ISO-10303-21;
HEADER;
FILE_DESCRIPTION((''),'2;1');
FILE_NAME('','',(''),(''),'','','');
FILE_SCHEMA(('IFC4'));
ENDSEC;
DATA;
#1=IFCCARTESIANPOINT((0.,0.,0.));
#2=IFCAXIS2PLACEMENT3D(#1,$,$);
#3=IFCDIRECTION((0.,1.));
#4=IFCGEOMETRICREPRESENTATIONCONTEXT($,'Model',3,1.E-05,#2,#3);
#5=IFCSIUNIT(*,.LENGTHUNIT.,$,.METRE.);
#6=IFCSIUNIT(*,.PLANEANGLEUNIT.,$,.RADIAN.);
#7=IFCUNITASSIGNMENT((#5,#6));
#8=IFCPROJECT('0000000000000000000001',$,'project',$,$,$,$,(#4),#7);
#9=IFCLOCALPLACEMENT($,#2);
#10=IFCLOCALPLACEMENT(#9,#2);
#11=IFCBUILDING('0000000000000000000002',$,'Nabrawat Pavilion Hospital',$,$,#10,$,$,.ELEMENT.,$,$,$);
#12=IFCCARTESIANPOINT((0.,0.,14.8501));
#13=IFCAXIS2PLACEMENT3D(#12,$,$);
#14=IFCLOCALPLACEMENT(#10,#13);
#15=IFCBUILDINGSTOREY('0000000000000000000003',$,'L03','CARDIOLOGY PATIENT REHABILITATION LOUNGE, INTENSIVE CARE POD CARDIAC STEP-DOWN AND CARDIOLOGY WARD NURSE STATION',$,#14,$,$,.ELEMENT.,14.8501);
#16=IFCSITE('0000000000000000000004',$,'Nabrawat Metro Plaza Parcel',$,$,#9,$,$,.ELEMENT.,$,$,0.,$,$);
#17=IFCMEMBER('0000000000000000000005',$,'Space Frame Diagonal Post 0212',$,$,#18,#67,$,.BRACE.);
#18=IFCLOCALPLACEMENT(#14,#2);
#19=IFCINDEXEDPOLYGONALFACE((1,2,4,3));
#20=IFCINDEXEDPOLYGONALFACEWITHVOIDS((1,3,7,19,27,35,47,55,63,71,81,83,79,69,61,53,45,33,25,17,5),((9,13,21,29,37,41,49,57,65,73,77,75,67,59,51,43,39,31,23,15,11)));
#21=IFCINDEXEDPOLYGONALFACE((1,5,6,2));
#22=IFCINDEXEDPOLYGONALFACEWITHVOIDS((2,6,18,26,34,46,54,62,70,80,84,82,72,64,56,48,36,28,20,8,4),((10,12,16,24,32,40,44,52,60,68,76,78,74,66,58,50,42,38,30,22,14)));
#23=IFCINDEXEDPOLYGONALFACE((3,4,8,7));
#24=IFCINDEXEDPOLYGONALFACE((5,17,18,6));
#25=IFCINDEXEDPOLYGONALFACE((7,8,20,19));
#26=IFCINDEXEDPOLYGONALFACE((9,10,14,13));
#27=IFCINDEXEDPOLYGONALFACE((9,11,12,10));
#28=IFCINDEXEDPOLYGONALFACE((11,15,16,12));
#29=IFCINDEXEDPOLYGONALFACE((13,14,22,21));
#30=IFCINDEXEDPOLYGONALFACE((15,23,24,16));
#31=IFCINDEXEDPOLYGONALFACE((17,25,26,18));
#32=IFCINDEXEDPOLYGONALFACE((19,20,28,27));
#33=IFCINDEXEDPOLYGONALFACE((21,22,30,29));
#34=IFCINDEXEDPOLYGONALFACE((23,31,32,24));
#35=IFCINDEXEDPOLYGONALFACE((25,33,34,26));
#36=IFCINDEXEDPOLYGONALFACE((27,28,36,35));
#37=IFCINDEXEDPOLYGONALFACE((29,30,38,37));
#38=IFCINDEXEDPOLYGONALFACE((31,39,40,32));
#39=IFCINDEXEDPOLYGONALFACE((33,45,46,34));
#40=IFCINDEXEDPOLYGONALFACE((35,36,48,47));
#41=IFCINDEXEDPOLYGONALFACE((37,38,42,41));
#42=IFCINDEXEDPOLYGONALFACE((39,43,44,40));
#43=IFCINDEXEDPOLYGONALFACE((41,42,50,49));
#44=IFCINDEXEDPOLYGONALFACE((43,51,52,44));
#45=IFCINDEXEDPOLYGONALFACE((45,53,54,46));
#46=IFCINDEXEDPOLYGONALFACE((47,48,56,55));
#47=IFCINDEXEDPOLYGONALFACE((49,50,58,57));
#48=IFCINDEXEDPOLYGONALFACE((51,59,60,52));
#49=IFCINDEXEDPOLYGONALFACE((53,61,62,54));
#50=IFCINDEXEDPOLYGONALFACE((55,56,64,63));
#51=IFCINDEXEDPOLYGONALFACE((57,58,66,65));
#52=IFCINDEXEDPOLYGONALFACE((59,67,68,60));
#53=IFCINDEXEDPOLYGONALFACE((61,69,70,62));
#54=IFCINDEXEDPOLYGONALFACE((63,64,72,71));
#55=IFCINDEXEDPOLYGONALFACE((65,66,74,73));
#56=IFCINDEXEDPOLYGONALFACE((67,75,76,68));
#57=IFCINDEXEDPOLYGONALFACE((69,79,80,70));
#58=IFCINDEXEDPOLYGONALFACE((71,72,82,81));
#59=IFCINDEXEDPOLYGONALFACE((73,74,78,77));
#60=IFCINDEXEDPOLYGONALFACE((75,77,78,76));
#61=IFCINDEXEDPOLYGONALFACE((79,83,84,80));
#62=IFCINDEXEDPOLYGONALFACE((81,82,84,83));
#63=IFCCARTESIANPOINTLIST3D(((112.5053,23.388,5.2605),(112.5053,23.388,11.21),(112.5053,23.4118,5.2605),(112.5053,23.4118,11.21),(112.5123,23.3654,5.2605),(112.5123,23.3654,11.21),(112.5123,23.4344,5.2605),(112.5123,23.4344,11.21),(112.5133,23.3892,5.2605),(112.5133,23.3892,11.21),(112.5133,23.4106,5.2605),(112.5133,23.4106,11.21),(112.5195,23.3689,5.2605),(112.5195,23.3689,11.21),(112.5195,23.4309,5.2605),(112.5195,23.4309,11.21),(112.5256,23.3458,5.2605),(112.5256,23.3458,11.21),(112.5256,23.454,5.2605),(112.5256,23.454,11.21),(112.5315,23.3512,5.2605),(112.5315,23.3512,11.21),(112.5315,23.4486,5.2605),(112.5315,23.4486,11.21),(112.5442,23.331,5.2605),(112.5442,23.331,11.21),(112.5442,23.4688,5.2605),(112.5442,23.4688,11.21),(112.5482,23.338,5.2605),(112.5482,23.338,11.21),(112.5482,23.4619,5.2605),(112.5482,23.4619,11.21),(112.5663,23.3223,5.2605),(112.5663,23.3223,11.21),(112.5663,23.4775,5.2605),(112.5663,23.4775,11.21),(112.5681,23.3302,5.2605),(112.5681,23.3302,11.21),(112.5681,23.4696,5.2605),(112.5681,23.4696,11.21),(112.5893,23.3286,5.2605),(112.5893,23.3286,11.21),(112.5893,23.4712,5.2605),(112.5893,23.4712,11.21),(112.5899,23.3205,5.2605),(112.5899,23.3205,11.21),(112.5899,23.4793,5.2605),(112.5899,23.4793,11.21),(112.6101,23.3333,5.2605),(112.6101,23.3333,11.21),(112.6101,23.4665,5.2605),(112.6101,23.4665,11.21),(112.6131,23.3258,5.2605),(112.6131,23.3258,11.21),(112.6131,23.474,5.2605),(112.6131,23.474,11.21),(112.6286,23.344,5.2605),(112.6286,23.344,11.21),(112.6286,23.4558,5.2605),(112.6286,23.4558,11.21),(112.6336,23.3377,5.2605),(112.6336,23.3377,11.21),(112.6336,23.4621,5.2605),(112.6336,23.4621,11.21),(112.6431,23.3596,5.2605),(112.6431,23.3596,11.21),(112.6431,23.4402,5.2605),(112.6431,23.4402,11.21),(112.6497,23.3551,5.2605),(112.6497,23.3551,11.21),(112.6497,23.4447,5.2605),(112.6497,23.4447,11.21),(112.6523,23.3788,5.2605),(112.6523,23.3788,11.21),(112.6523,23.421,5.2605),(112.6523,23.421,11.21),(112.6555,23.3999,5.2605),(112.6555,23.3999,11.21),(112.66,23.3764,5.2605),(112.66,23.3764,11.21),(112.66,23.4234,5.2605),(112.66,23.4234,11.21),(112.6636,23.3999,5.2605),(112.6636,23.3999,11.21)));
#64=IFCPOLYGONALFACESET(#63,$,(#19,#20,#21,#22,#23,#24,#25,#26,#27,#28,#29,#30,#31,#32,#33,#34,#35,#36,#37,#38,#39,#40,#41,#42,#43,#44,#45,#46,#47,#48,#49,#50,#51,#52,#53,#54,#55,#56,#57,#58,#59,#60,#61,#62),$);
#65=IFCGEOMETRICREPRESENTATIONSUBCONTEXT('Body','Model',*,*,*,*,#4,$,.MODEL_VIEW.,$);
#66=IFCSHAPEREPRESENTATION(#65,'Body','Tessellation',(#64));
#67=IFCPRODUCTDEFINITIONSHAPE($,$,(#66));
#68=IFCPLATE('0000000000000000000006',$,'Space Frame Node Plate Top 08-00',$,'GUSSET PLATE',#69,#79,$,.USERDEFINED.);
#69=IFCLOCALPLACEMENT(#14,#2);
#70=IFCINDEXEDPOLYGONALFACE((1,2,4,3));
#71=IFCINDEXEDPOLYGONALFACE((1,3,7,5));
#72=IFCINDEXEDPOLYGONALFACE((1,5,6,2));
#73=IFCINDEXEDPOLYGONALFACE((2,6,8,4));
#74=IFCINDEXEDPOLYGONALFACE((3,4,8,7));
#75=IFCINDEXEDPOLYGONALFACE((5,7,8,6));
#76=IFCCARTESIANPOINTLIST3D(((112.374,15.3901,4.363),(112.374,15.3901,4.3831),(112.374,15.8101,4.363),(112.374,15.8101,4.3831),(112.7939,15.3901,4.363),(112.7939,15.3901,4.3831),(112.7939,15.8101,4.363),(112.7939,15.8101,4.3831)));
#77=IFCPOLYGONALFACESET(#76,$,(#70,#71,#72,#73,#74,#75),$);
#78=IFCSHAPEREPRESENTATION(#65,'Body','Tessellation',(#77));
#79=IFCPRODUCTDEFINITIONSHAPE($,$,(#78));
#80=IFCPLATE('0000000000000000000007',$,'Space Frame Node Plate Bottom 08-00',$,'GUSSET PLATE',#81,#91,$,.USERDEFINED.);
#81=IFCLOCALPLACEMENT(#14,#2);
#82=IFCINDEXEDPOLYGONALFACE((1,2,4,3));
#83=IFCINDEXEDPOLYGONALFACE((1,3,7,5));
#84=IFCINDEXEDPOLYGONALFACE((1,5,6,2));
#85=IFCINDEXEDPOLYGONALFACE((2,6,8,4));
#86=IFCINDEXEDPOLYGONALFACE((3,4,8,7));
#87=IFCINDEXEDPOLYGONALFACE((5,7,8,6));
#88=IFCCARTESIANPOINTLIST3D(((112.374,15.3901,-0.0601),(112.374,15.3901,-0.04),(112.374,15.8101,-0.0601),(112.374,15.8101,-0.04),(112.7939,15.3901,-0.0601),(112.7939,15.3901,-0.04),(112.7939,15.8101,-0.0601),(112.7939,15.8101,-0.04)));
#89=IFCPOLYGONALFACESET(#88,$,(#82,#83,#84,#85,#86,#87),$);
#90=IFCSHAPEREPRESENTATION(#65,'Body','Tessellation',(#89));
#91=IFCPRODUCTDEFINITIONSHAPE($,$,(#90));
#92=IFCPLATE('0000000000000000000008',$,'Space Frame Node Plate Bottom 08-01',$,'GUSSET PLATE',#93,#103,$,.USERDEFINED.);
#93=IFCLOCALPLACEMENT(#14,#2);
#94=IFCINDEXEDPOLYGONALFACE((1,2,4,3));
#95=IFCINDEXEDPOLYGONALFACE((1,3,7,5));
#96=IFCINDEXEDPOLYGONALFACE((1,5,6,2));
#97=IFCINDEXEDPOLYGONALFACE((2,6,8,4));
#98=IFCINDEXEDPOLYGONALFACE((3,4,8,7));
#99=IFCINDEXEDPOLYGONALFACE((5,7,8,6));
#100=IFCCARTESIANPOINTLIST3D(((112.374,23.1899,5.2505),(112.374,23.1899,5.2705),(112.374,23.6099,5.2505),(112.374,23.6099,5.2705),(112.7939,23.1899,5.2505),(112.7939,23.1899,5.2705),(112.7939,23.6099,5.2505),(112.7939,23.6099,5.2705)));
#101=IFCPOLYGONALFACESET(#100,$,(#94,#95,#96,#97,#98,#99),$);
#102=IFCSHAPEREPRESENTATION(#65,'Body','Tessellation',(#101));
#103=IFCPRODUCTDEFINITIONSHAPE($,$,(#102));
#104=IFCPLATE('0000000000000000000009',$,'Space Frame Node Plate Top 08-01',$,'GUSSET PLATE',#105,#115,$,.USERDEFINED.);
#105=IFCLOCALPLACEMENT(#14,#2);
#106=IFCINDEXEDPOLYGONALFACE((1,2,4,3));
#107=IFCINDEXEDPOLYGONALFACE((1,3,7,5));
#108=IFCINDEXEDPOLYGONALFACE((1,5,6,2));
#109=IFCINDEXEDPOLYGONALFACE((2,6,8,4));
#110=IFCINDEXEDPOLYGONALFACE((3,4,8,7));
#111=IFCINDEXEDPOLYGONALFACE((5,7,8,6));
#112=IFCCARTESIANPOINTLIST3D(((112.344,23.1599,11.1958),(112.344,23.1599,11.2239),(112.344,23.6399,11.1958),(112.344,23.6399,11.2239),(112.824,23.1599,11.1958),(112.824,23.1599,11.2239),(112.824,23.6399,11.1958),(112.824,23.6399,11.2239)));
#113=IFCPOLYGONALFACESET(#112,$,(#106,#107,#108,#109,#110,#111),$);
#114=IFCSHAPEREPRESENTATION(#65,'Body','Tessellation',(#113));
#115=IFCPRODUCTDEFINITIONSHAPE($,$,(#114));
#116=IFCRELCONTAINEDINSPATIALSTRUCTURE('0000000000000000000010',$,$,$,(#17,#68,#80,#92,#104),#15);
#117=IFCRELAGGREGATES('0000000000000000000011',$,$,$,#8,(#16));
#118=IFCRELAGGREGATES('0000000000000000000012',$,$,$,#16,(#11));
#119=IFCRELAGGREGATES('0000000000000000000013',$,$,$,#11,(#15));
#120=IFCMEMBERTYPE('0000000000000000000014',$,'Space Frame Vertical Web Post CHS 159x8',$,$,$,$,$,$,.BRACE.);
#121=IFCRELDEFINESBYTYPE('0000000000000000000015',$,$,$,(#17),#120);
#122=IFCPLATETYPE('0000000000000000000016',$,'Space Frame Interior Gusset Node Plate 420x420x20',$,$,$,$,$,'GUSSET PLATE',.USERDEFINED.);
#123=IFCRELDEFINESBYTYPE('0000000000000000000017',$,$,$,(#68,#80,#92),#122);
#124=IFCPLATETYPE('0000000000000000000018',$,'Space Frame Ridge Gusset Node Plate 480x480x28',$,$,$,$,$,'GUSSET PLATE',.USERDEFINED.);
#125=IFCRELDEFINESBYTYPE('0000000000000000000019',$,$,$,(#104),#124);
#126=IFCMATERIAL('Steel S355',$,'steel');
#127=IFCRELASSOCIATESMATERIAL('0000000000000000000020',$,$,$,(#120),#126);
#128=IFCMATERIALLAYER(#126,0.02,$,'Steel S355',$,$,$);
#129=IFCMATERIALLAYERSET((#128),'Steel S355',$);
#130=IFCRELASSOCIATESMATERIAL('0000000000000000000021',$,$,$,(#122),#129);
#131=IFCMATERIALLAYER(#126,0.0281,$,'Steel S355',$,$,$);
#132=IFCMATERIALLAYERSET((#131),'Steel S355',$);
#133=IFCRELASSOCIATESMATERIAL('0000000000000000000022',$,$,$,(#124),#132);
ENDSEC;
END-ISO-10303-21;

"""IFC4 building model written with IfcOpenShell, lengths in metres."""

from ifc_helpers import new_model, si_unit, direction, frame, origin, origin_2d, place, context, subcontext, project, spatial, rectangle, hollow_circle, extrude, material, layer, layer_set, material_profile, profile_set, type_object, element, save


model = new_model("IFC4")

# Units and contexts
model_context = context("Model", 3, precision=1e-05, world=origin(), true_north=direction((0.0, 1.0)))
body_context = subcontext(model_context, "Body", "Model", "MODEL_VIEW")
ifc_project = project(units=[si_unit("LENGTHUNIT", "METRE"), si_unit("PLANEANGLEUNIT", "RADIAN")], contexts=[model_context])

# Site, building, storey
site_placement = place(None, origin())
site = spatial("IfcSite", under=ifc_project, at=site_placement, Name="Nabrawat Metro Plaza Parcel", CompositionType="ELEMENT", RefElevation=0.0)
building_placement = place(site_placement, origin())
building = spatial("IfcBuilding", under=site, at=building_placement, Name="Nabrawat Pavilion Hospital", CompositionType="ELEMENT")
storey_placement = place(building_placement, frame((0.0, 0.0, 14.8501)))
storey = spatial("IfcBuildingStorey", under=building, at=storey_placement, Name="L03", Description="CARDIOLOGY PATIENT REHABILITATION LOUNGE, INTENSIVE CARE POD CARDIAC STEP-DOWN AND CARDIOLOGY WARD NURSE STATION", CompositionType="ELEMENT", Elevation=14.8501)

# Shared definitions
ifc_material = material(Name="Steel S355", Category="steel")

# Member
ifc_material_profile_1 = material_profile(ifc_material, hollow_circle(Radius=0.0796, WallThickness=0.0081, at=origin_2d()), Name="CHS 159x8")
ifc_profile_set_1 = profile_set([ifc_material_profile_1], Name="Steel S355")
member_type_1 = type_object("IfcMemberType", Name="Space Frame Vertical Web Post CHS 159x8", PredefinedType="BRACE", material=ifc_profile_set_1)
member_1_placement = place(storey_placement, frame((112.584, 23.3999, 5.2605), z_axis=(0.0, 0.0, 1.0), x_axis=(1.0, 0.0, 0.0)))
element("IfcMember", 1, at=member_1_placement, inside=storey, type_object=member_type_1, Name="Space Frame Diagonal Post 0212", PredefinedType="BRACE", context=body_context, shape_type="SweptSolid", body=[
    extrude(hollow_circle(Radius=0.0796, WallThickness=0.0081, at=origin_2d()), origin(), (0.0, 0.0, 1.0), 5.9495),
])

# Plates
ifc_layer_1 = layer(ifc_material, 0.02, Name="Steel S355")
ifc_layer_set_1 = layer_set([ifc_layer_1], Name="Steel S355")
plate_type_1 = type_object("IfcPlateType", Name="Space Frame Interior Gusset Node Plate 420x420x20", ElementType="GUSSET PLATE", PredefinedType="USERDEFINED", material=ifc_layer_set_1)
for number, where, z_axis, x_axis, name in (
    (2, (112.584, 15.6001, 4.363), (0.0, 0.0, 1.0), (1.0, 0.0, 0.0), "Space Frame Node Plate Top 08-00"),
    (3, (112.584, 15.6001, -0.0601), (0.0, 0.0, 1.0), (1.0, 0.0, 0.0), "Space Frame Node Plate Bottom 08-00"),
    (4, (112.584, 23.3999, 5.2505), (0.0, 0.0, 1.0), (1.0, 0.0, 0.0), "Space Frame Node Plate Bottom 08-01"),
):
    element("IfcPlate", number, at=place(storey_placement, frame(where, z_axis=z_axis, x_axis=x_axis)), inside=storey, type_object=plate_type_1, Name=name, ObjectType="GUSSET PLATE", PredefinedType="USERDEFINED", context=body_context, shape_type="SweptSolid", body=[
        extrude(rectangle(XDim=0.4199, YDim=0.4199, at=origin_2d()), origin(), (0.0, 0.0, 1.0), 0.02),
    ])
ifc_layer_2 = layer(ifc_material, 0.0281, Name="Steel S355")
ifc_layer_set_2 = layer_set([ifc_layer_2], Name="Steel S355")
plate_type_2 = type_object("IfcPlateType", Name="Space Frame Ridge Gusset Node Plate 480x480x28", ElementType="GUSSET PLATE", PredefinedType="USERDEFINED", material=ifc_layer_set_2)
plate_placement = place(storey_placement, frame((112.584, 23.3999, 11.1958), z_axis=(0.0, 0.0, 1.0), x_axis=(1.0, 0.0, 0.0)))
element("IfcPlate", 5, at=plate_placement, inside=storey, type_object=plate_type_2, Name="Space Frame Node Plate Top 08-01", ObjectType="GUSSET PLATE", PredefinedType="USERDEFINED", context=body_context, shape_type="SweptSolid", body=[
    extrude(rectangle(XDim=0.48, YDim=0.48, at=origin_2d()), origin(), (0.0, 0.0, 1.0), 0.0281),
])

save(model, "model.ifc")
